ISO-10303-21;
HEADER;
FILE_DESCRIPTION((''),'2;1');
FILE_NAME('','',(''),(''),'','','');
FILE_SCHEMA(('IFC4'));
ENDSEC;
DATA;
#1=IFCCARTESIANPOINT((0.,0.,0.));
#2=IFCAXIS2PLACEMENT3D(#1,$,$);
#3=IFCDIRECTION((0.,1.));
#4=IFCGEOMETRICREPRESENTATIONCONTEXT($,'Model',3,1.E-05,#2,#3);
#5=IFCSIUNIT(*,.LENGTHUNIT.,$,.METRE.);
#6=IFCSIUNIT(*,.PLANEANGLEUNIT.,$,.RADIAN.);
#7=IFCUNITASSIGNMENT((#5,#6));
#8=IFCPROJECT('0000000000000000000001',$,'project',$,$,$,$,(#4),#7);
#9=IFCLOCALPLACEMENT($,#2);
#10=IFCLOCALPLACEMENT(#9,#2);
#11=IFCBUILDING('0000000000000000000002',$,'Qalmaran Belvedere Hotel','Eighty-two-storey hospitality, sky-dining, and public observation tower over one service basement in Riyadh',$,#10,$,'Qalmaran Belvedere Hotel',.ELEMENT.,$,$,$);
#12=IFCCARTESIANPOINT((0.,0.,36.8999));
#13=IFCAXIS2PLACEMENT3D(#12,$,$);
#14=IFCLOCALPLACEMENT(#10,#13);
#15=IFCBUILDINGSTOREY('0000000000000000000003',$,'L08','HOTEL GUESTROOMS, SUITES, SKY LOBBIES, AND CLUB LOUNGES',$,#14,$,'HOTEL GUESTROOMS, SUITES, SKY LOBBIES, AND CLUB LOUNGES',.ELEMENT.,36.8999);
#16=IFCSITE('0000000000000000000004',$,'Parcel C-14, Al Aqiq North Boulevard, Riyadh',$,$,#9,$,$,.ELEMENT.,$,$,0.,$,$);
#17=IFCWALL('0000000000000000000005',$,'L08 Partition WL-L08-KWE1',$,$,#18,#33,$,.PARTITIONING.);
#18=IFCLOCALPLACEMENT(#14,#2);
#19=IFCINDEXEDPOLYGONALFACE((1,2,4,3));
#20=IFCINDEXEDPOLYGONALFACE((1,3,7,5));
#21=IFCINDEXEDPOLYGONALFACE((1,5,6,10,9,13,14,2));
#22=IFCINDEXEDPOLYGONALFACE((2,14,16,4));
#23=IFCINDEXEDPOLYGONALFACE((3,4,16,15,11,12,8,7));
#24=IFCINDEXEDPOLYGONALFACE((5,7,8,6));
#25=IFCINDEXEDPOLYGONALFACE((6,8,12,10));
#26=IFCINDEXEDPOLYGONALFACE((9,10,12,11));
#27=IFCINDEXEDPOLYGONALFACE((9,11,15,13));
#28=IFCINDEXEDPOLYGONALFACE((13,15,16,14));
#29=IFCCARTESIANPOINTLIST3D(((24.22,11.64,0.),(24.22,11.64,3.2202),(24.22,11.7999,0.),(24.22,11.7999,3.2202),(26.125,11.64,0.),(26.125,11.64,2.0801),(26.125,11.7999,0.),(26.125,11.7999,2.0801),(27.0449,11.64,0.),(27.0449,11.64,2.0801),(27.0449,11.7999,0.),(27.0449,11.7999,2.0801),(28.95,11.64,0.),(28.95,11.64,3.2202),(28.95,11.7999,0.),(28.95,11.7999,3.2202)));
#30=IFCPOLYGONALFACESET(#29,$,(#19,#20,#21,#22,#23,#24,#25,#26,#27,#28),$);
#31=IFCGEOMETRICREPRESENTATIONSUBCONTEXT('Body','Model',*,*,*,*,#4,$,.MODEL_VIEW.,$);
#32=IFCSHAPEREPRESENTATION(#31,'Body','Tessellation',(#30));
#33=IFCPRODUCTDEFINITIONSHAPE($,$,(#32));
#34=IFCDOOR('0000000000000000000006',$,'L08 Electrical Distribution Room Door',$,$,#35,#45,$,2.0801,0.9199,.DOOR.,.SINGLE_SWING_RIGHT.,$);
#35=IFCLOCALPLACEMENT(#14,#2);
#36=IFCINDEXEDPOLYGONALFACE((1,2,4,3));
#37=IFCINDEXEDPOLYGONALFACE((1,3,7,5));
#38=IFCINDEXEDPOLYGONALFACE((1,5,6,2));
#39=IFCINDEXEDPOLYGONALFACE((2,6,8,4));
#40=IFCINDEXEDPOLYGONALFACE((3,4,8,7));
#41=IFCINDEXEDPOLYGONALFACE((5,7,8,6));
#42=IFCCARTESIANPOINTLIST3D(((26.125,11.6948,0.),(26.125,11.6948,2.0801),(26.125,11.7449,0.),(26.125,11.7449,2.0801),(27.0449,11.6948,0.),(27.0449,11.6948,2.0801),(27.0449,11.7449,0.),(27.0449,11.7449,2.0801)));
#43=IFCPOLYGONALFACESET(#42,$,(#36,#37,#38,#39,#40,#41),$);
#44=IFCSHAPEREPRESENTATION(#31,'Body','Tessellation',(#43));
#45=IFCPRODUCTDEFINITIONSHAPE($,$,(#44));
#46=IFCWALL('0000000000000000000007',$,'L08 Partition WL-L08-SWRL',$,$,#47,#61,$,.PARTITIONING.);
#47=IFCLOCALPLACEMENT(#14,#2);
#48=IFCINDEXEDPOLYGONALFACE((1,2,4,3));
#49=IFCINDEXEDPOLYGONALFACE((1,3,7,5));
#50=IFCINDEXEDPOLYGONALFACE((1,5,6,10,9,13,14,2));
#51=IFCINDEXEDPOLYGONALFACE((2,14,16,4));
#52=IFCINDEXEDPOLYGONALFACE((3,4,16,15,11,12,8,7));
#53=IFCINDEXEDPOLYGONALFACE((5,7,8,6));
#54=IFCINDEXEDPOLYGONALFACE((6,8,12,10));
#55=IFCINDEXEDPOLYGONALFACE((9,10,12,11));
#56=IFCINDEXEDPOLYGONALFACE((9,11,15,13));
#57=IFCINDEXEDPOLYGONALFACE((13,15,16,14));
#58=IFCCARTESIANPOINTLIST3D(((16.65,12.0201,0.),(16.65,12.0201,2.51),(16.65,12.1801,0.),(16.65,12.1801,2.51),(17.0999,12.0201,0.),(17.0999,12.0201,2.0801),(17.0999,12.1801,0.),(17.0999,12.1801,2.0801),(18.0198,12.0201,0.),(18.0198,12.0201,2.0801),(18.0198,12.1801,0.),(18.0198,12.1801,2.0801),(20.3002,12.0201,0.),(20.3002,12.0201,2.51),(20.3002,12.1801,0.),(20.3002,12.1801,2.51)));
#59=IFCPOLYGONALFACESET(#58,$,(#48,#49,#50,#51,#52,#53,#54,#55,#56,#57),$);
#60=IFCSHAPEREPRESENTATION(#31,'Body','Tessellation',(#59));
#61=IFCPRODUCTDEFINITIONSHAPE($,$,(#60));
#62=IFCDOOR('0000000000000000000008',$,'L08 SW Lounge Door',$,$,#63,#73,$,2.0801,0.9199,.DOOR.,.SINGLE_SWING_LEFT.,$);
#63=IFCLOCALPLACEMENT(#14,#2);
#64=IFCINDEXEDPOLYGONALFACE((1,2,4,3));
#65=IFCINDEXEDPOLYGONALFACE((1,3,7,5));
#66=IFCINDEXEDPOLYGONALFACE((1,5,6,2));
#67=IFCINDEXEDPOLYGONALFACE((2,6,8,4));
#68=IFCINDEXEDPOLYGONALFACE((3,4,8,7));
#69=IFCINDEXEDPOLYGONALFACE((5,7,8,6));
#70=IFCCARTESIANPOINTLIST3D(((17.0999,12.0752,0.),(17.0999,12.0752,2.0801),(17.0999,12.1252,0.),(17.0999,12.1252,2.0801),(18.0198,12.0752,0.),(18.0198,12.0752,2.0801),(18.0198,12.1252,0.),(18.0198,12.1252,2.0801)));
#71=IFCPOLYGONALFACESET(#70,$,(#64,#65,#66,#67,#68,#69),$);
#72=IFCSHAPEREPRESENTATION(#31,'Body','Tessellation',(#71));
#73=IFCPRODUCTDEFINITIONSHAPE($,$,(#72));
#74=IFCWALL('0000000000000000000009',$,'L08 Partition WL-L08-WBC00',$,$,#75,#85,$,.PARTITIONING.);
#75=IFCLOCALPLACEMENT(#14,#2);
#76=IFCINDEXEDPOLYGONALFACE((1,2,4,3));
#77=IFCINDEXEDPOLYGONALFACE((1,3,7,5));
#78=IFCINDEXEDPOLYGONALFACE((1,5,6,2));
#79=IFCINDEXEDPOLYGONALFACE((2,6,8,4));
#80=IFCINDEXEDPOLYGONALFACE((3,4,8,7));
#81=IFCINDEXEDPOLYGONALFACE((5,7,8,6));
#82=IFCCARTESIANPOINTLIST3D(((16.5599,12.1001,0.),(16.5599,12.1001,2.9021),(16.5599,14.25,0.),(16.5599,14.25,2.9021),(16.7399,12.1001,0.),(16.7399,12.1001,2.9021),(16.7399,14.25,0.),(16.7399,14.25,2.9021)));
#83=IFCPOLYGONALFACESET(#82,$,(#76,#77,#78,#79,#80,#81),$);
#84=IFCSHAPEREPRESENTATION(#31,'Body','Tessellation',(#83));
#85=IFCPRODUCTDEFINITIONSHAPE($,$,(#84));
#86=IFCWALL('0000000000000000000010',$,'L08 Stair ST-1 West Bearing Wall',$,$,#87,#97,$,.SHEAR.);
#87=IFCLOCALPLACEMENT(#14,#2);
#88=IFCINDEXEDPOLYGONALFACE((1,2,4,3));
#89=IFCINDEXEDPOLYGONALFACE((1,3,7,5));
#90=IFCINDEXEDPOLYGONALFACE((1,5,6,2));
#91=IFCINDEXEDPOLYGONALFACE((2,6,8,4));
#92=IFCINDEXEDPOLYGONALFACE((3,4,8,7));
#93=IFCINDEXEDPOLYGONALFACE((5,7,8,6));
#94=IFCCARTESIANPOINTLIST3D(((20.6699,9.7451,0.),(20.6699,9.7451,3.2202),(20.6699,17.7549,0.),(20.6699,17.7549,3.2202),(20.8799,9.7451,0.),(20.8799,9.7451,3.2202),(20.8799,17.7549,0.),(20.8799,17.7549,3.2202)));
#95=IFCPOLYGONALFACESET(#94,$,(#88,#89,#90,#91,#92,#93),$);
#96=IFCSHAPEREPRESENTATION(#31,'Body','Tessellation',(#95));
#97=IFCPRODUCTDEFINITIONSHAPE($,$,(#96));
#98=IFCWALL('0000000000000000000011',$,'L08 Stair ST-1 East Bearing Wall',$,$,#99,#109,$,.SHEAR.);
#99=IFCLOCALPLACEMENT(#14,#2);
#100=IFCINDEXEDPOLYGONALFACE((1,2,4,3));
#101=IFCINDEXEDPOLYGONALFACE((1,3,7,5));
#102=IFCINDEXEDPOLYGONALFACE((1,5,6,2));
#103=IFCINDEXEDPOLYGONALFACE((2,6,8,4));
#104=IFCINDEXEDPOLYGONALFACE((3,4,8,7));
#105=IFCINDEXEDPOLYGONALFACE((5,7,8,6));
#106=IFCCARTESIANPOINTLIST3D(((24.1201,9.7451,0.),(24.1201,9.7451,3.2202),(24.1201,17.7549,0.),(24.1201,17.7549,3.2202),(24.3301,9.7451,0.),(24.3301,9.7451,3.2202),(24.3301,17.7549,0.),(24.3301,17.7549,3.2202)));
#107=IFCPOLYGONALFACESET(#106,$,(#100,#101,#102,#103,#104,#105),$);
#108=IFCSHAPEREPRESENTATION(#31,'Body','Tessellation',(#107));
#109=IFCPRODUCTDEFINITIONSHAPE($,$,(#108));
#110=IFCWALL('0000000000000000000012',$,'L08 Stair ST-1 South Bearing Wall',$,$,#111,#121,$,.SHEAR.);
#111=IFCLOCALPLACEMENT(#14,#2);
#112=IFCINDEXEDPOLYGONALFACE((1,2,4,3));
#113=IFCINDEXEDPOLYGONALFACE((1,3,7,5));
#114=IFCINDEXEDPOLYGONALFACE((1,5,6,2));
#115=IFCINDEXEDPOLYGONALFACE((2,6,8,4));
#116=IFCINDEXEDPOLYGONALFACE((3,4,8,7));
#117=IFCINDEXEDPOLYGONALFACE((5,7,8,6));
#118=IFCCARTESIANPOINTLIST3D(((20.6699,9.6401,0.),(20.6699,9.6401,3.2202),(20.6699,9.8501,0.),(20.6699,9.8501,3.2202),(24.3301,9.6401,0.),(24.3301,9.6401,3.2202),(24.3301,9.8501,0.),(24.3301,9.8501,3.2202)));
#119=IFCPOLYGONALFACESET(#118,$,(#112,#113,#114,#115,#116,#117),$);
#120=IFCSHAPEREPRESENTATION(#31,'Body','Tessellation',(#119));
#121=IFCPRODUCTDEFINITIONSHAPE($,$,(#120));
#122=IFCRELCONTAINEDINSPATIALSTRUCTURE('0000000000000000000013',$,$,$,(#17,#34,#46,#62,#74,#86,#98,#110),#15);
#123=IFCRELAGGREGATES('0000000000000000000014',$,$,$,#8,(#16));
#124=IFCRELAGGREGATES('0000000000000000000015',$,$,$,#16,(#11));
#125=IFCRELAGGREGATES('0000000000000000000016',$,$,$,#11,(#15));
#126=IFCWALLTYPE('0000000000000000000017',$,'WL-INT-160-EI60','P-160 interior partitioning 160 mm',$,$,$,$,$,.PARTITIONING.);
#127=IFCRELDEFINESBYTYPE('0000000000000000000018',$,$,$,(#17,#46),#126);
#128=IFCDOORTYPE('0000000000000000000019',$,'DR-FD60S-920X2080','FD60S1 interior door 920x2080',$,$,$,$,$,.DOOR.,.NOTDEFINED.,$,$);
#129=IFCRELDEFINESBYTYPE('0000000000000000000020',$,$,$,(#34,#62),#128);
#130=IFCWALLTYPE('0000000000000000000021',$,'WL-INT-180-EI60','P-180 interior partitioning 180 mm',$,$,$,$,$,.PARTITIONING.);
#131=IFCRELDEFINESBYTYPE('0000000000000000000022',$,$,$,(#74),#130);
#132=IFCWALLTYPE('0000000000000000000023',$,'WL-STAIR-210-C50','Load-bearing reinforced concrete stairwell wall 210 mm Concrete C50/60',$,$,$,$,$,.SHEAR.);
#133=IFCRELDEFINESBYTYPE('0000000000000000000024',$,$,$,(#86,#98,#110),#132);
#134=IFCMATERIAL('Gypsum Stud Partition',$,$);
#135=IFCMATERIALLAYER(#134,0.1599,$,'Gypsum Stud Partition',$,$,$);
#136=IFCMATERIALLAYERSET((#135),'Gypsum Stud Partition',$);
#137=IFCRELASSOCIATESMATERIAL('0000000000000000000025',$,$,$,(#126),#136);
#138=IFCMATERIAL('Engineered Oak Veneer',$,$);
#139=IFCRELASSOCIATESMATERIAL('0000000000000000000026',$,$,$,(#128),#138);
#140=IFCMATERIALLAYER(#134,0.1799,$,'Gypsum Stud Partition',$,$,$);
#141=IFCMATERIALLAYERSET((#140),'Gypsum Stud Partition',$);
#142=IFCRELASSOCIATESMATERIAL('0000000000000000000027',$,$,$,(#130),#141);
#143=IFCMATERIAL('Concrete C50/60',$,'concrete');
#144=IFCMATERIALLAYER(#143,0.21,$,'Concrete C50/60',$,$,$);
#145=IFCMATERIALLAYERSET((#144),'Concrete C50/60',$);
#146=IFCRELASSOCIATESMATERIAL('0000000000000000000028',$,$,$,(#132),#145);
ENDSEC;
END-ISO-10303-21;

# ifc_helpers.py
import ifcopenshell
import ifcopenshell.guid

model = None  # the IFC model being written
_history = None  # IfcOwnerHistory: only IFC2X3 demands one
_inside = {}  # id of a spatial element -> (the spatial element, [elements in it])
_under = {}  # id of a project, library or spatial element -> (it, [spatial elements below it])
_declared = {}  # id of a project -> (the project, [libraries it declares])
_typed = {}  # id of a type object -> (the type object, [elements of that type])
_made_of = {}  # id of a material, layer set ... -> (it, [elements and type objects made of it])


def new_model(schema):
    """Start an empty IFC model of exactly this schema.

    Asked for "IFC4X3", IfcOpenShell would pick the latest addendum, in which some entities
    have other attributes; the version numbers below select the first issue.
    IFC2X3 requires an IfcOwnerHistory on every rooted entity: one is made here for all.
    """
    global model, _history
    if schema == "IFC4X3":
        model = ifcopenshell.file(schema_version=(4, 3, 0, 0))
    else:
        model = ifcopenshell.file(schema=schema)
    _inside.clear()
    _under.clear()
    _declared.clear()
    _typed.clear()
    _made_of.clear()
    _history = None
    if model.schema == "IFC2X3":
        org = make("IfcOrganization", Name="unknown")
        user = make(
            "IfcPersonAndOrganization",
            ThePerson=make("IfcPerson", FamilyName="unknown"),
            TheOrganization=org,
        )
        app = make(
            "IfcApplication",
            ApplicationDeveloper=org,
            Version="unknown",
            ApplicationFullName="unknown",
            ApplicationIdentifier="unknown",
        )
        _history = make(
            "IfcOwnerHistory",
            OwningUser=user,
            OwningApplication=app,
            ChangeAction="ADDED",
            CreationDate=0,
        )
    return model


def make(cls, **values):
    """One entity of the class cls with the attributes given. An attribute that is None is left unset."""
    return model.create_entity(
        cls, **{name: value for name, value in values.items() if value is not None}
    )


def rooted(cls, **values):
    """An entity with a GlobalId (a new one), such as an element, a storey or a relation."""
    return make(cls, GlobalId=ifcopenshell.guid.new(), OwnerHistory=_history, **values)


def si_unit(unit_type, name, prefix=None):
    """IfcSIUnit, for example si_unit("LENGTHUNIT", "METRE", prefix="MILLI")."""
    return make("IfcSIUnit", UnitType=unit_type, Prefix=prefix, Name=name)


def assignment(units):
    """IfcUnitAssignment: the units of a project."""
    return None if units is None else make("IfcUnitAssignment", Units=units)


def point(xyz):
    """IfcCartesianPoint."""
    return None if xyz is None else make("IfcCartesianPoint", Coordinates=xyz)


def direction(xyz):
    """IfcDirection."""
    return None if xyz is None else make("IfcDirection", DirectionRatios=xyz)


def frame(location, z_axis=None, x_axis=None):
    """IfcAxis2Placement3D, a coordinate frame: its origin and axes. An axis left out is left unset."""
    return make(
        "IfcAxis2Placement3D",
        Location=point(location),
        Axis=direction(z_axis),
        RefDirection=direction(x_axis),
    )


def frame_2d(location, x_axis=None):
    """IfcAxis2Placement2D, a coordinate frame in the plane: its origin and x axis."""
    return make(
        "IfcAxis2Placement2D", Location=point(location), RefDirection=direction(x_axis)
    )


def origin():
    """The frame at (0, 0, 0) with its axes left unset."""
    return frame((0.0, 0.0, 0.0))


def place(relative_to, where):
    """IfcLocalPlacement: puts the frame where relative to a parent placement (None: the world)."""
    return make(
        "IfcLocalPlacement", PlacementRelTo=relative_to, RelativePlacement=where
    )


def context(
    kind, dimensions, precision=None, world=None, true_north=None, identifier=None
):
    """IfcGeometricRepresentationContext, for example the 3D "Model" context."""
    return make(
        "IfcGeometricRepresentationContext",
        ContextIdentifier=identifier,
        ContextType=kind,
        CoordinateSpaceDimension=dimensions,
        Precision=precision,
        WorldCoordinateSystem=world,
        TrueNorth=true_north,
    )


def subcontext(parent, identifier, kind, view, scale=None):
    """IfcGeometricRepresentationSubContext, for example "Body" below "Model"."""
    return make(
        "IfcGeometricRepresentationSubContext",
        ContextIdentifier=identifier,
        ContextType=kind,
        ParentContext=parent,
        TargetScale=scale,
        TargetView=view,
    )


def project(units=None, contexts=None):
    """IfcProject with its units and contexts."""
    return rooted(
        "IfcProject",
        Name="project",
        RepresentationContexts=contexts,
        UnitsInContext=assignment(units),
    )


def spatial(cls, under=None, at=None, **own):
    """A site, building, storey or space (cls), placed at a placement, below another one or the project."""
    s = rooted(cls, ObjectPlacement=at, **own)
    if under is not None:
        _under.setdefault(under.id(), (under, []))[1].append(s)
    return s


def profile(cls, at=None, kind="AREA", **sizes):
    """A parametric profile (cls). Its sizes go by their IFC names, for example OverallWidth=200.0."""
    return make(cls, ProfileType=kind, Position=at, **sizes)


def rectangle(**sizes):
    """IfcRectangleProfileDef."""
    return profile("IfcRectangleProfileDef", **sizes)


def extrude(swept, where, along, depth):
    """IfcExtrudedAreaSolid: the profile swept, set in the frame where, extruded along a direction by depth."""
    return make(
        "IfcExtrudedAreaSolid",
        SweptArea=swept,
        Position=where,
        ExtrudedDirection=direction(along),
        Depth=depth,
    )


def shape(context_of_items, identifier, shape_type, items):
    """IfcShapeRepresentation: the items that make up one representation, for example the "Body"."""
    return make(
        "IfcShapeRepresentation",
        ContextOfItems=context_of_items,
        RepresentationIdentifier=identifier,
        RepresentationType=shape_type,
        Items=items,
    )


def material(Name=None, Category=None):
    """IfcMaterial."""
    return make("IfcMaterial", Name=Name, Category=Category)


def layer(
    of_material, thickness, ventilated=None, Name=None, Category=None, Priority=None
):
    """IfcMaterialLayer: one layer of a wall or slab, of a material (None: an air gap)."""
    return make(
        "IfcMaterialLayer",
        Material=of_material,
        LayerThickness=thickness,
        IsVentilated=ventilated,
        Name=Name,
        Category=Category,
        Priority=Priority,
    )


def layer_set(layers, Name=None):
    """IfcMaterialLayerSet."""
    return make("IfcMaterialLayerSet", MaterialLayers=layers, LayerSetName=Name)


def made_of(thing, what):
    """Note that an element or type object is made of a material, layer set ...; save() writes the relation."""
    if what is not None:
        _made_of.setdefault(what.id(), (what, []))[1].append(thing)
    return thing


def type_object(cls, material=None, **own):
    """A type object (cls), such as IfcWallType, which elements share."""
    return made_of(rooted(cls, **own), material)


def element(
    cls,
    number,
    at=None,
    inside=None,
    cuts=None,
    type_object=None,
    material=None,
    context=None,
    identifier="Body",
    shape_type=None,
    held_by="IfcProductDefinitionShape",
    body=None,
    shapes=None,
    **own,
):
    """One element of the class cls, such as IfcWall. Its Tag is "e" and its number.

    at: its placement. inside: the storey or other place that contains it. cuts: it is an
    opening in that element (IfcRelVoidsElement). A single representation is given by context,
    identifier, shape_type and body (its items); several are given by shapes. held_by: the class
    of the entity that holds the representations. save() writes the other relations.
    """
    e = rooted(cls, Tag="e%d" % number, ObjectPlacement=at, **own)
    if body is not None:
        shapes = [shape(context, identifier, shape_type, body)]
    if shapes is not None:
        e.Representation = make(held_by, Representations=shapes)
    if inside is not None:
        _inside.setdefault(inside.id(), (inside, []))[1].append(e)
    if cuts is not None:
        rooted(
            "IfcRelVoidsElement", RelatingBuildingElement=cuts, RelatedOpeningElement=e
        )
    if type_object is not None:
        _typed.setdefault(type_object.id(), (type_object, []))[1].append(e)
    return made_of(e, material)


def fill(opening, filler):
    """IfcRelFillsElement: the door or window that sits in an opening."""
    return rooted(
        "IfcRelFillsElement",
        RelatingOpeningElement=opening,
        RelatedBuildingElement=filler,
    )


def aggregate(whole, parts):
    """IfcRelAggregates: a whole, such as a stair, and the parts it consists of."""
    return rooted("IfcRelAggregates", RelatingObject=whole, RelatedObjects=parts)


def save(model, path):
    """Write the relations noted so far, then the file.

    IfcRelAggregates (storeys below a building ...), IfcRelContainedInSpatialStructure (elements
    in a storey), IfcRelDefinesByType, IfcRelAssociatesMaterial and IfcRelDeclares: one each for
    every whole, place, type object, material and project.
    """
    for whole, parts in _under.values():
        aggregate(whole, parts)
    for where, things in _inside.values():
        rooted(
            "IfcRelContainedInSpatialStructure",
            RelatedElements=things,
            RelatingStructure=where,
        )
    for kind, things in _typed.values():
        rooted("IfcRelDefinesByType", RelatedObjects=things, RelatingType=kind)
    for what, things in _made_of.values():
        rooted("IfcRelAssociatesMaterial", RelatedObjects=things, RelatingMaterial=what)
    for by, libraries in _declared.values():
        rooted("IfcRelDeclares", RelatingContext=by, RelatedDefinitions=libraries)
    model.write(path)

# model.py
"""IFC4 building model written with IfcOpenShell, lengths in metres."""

from ifc_helpers import new_model, si_unit, direction, frame, frame_2d, origin, place, context, subcontext, project, spatial, rectangle, extrude, material, layer, layer_set, type_object, element, fill, save


model = new_model("IFC4")

# Units and contexts
model_context = context("Model", 3, precision=1e-05, world=origin(), true_north=direction((0.0, 1.0)))
body_context = subcontext(model_context, "Body", "Model", "MODEL_VIEW")
ifc_project = project(units=[si_unit("LENGTHUNIT", "METRE"), si_unit("PLANEANGLEUNIT", "RADIAN")], contexts=[model_context])

# Site, building, storey
site_placement = place(None, origin())
site = spatial("IfcSite", under=ifc_project, at=site_placement, Name="Parcel C-14, Al Aqiq North Boulevard, Riyadh", CompositionType="ELEMENT", RefElevation=0.0)
building_placement = place(site_placement, origin())
building = spatial("IfcBuilding", under=site, at=building_placement, Name="Qalmaran Belvedere Hotel", Description="Eighty-two-storey hospitality, sky-dining, and public observation tower over one service basement in Riyadh", LongName="Qalmaran Belvedere Hotel", CompositionType="ELEMENT")
storey_placement = place(building_placement, frame((0.0, 0.0, 36.8999)))
storey = spatial("IfcBuildingStorey", under=building, at=storey_placement, Name="L08", Description="HOTEL GUESTROOMS, SUITES, SKY LOBBIES, AND CLUB LOUNGES", LongName="HOTEL GUESTROOMS, SUITES, SKY LOBBIES, AND CLUB LOUNGES", CompositionType="ELEMENT", Elevation=36.8999)

# Shared definitions
ifc_material_1 = material(Name="Concrete C50/60", Category="concrete")
ifc_material_2 = material(Name="Gypsum Stud Partition")

# Walls, openings, doors
ifc_layer_1 = layer(ifc_material_2, 0.1599, Name="Gypsum Stud Partition")
ifc_layer_set_1 = layer_set([ifc_layer_1], Name="Gypsum Stud Partition")
wall_type_1 = type_object("IfcWallType", Name="WL-INT-160-EI60", Description="P-160 interior partitioning 160 mm", PredefinedType="PARTITIONING", material=ifc_layer_set_1)
wall_1_placement = place(storey_placement, frame((24.22, 11.72, 0.0), z_axis=(0.0, 0.0, 1.0), x_axis=(1.0, 0.0, 0.0)))
wall_1 = element("IfcWall", 1, at=wall_1_placement, inside=storey, type_object=wall_type_1, Name="L08 Partition WL-L08-KWE1", PredefinedType="PARTITIONING", context=body_context, shape_type="SweptSolid", body=[
    extrude(rectangle(XDim=4.73, YDim=0.1599, at=frame_2d((2.365, 0.0))), origin(), (0.0, 0.0, 1.0), 3.2202),
])
opening_1_placement = place(wall_1_placement, frame((1.905, 0.0, 0.0)))
opening_1 = element("IfcOpeningElement", 2, at=opening_1_placement, cuts=wall_1, PredefinedType="OPENING", context=body_context, shape_type="SweptSolid", body=[
    extrude(rectangle(XDim=0.9199, YDim=2.0801, at=frame_2d((0.46, 1.04))), frame((0.0, 0.0898, 0.0), z_axis=(0.0, -1.0, 0.0), x_axis=(1.0, 0.0, 0.0)), (0.0, 0.0, 1.0), 0.1799),
])
ifc_material_3 = material(Name="Engineered Oak Veneer")
door_type_1 = type_object("IfcDoorType", Name="DR-FD60S-920X2080", Description="FD60S1 interior door 920x2080", OperationType="NOTDEFINED", PredefinedType="DOOR", material=ifc_material_3)
door_1_placement = place(opening_1_placement, origin())
door_1 = element("IfcDoor", 3, at=door_1_placement, inside=storey, type_object=door_type_1, Name="L08 Electrical Distribution Room Door", OperationType="SINGLE_SWING_RIGHT", OverallHeight=2.0801, OverallWidth=0.9199, PredefinedType="DOOR", context=body_context, shape_type="SweptSolid", body=[
    extrude(rectangle(XDim=0.9199, YDim=2.0801, at=frame_2d((0.46, 1.04))), frame((0.0, 0.0249, 0.0), z_axis=(0.0, -1.0, 0.0), x_axis=(1.0, 0.0, 0.0)), (0.0, 0.0, 1.0), 0.05),
])
fill(opening_1, door_1)
wall_2_placement = place(storey_placement, frame((16.6499, 12.1001, 0.0), z_axis=(0.0, 0.0, 1.0), x_axis=(1.0, 0.0, 0.0)))
wall_2 = element("IfcWall", 4, at=wall_2_placement, inside=storey, type_object=wall_type_1, Name="L08 Partition WL-L08-SWRL", PredefinedType="PARTITIONING", context=body_context, shape_type="SweptSolid", body=[
    extrude(rectangle(XDim=3.6501, YDim=0.1599, at=frame_2d((1.8252, 0.0))), origin(), (0.0, 0.0, 1.0), 2.51),
])
opening_2_placement = place(wall_2_placement, frame((1.3699, 0.0, 0.0), z_axis=(0.0, 0.0, 1.0), x_axis=(-1.0, 0.0, 0.0)))
opening_2 = element("IfcOpeningElement", 5, at=opening_2_placement, cuts=wall_2, PredefinedType="OPENING", context=body_context, shape_type="SweptSolid", body=[
    extrude(rectangle(XDim=0.9199, YDim=2.0801, at=frame_2d((0.46, 1.04))), frame((0.0, 0.0898, 0.0), z_axis=(0.0, -1.0, 0.0), x_axis=(1.0, 0.0, 0.0)), (0.0, 0.0, 1.0), 0.1799),
])
door_2_placement = place(opening_2_placement, origin())
door_2 = element("IfcDoor", 6, at=door_2_placement, inside=storey, type_object=door_type_1, Name="L08 SW Lounge Door", OperationType="SINGLE_SWING_LEFT", OverallHeight=2.0801, OverallWidth=0.9199, PredefinedType="DOOR", context=body_context, shape_type="SweptSolid", body=[
    extrude(rectangle(XDim=0.9199, YDim=2.0801, at=frame_2d((0.46, 1.04))), frame((0.0, 0.0249, 0.0), z_axis=(0.0, -1.0, 0.0), x_axis=(1.0, 0.0, 0.0)), (0.0, 0.0, 1.0), 0.05),
])
fill(opening_2, door_2)

# Walls
ifc_layer_2 = layer(ifc_material_2, 0.1799, Name="Gypsum Stud Partition")
ifc_layer_set_2 = layer_set([ifc_layer_2], Name="Gypsum Stud Partition")
wall_type_2 = type_object("IfcWallType", Name="WL-INT-180-EI60", Description="P-180 interior partitioning 180 mm", PredefinedType="PARTITIONING", material=ifc_layer_set_2)
wall_3_placement = place(storey_placement, frame((16.6499, 12.1001, 0.0), z_axis=(0.0, 0.0, 1.0), x_axis=(0.0, 1.0, 0.0)))
element("IfcWall", 7, at=wall_3_placement, inside=storey, type_object=wall_type_2, Name="L08 Partition WL-L08-WBC00", PredefinedType="PARTITIONING", context=body_context, shape_type="SweptSolid", body=[
    extrude(rectangle(XDim=2.1499, YDim=0.1799, at=frame_2d((1.075, 0.0))), origin(), (0.0, 0.0, 1.0), 2.9021),
])
ifc_layer_3 = layer(ifc_material_1, 0.21, Name="Concrete C50/60")
ifc_layer_set_3 = layer_set([ifc_layer_3], Name="Concrete C50/60")
wall_type_3 = type_object("IfcWallType", Name="WL-STAIR-210-C50", Description="Load-bearing reinforced concrete stairwell wall 210 mm Concrete C50/60", PredefinedType="SHEAR", material=ifc_layer_set_3)
for number, where, z_axis, x_axis, name in (
    (8, (20.7749, 9.7451, 0.0), (0.0, 0.0, 1.0), (0.0, 1.0, 0.0), "L08 Stair ST-1 West Bearing Wall"),
    (9, (24.2251, 9.7451, 0.0), (0.0, 0.0, 1.0), (0.0, 1.0, 0.0), "L08 Stair ST-1 East Bearing Wall"),
):
    element("IfcWall", number, at=place(storey_placement, frame(where, z_axis=z_axis, x_axis=x_axis)), inside=storey, type_object=wall_type_3, Name=name, PredefinedType="SHEAR", context=body_context, shape_type="SweptSolid", body=[
        extrude(rectangle(XDim=8.0098, YDim=0.21, at=frame_2d((4.0049, 0.0))), origin(), (0.0, 0.0, 1.0), 3.2202),
    ])
wall_4_placement = place(storey_placement, frame((20.6699, 9.7451, 0.0), z_axis=(0.0, 0.0, 1.0), x_axis=(1.0, 0.0, 0.0)))
element("IfcWall", 10, at=wall_4_placement, inside=storey, type_object=wall_type_3, Name="L08 Stair ST-1 South Bearing Wall", PredefinedType="SHEAR", context=body_context, shape_type="SweptSolid", body=[
    extrude(rectangle(XDim=3.6602, YDim=0.21, at=frame_2d((1.8301, 0.0))), origin(), (0.0, 0.0, 1.0), 3.2202),
])

save(model, "model.ifc")
